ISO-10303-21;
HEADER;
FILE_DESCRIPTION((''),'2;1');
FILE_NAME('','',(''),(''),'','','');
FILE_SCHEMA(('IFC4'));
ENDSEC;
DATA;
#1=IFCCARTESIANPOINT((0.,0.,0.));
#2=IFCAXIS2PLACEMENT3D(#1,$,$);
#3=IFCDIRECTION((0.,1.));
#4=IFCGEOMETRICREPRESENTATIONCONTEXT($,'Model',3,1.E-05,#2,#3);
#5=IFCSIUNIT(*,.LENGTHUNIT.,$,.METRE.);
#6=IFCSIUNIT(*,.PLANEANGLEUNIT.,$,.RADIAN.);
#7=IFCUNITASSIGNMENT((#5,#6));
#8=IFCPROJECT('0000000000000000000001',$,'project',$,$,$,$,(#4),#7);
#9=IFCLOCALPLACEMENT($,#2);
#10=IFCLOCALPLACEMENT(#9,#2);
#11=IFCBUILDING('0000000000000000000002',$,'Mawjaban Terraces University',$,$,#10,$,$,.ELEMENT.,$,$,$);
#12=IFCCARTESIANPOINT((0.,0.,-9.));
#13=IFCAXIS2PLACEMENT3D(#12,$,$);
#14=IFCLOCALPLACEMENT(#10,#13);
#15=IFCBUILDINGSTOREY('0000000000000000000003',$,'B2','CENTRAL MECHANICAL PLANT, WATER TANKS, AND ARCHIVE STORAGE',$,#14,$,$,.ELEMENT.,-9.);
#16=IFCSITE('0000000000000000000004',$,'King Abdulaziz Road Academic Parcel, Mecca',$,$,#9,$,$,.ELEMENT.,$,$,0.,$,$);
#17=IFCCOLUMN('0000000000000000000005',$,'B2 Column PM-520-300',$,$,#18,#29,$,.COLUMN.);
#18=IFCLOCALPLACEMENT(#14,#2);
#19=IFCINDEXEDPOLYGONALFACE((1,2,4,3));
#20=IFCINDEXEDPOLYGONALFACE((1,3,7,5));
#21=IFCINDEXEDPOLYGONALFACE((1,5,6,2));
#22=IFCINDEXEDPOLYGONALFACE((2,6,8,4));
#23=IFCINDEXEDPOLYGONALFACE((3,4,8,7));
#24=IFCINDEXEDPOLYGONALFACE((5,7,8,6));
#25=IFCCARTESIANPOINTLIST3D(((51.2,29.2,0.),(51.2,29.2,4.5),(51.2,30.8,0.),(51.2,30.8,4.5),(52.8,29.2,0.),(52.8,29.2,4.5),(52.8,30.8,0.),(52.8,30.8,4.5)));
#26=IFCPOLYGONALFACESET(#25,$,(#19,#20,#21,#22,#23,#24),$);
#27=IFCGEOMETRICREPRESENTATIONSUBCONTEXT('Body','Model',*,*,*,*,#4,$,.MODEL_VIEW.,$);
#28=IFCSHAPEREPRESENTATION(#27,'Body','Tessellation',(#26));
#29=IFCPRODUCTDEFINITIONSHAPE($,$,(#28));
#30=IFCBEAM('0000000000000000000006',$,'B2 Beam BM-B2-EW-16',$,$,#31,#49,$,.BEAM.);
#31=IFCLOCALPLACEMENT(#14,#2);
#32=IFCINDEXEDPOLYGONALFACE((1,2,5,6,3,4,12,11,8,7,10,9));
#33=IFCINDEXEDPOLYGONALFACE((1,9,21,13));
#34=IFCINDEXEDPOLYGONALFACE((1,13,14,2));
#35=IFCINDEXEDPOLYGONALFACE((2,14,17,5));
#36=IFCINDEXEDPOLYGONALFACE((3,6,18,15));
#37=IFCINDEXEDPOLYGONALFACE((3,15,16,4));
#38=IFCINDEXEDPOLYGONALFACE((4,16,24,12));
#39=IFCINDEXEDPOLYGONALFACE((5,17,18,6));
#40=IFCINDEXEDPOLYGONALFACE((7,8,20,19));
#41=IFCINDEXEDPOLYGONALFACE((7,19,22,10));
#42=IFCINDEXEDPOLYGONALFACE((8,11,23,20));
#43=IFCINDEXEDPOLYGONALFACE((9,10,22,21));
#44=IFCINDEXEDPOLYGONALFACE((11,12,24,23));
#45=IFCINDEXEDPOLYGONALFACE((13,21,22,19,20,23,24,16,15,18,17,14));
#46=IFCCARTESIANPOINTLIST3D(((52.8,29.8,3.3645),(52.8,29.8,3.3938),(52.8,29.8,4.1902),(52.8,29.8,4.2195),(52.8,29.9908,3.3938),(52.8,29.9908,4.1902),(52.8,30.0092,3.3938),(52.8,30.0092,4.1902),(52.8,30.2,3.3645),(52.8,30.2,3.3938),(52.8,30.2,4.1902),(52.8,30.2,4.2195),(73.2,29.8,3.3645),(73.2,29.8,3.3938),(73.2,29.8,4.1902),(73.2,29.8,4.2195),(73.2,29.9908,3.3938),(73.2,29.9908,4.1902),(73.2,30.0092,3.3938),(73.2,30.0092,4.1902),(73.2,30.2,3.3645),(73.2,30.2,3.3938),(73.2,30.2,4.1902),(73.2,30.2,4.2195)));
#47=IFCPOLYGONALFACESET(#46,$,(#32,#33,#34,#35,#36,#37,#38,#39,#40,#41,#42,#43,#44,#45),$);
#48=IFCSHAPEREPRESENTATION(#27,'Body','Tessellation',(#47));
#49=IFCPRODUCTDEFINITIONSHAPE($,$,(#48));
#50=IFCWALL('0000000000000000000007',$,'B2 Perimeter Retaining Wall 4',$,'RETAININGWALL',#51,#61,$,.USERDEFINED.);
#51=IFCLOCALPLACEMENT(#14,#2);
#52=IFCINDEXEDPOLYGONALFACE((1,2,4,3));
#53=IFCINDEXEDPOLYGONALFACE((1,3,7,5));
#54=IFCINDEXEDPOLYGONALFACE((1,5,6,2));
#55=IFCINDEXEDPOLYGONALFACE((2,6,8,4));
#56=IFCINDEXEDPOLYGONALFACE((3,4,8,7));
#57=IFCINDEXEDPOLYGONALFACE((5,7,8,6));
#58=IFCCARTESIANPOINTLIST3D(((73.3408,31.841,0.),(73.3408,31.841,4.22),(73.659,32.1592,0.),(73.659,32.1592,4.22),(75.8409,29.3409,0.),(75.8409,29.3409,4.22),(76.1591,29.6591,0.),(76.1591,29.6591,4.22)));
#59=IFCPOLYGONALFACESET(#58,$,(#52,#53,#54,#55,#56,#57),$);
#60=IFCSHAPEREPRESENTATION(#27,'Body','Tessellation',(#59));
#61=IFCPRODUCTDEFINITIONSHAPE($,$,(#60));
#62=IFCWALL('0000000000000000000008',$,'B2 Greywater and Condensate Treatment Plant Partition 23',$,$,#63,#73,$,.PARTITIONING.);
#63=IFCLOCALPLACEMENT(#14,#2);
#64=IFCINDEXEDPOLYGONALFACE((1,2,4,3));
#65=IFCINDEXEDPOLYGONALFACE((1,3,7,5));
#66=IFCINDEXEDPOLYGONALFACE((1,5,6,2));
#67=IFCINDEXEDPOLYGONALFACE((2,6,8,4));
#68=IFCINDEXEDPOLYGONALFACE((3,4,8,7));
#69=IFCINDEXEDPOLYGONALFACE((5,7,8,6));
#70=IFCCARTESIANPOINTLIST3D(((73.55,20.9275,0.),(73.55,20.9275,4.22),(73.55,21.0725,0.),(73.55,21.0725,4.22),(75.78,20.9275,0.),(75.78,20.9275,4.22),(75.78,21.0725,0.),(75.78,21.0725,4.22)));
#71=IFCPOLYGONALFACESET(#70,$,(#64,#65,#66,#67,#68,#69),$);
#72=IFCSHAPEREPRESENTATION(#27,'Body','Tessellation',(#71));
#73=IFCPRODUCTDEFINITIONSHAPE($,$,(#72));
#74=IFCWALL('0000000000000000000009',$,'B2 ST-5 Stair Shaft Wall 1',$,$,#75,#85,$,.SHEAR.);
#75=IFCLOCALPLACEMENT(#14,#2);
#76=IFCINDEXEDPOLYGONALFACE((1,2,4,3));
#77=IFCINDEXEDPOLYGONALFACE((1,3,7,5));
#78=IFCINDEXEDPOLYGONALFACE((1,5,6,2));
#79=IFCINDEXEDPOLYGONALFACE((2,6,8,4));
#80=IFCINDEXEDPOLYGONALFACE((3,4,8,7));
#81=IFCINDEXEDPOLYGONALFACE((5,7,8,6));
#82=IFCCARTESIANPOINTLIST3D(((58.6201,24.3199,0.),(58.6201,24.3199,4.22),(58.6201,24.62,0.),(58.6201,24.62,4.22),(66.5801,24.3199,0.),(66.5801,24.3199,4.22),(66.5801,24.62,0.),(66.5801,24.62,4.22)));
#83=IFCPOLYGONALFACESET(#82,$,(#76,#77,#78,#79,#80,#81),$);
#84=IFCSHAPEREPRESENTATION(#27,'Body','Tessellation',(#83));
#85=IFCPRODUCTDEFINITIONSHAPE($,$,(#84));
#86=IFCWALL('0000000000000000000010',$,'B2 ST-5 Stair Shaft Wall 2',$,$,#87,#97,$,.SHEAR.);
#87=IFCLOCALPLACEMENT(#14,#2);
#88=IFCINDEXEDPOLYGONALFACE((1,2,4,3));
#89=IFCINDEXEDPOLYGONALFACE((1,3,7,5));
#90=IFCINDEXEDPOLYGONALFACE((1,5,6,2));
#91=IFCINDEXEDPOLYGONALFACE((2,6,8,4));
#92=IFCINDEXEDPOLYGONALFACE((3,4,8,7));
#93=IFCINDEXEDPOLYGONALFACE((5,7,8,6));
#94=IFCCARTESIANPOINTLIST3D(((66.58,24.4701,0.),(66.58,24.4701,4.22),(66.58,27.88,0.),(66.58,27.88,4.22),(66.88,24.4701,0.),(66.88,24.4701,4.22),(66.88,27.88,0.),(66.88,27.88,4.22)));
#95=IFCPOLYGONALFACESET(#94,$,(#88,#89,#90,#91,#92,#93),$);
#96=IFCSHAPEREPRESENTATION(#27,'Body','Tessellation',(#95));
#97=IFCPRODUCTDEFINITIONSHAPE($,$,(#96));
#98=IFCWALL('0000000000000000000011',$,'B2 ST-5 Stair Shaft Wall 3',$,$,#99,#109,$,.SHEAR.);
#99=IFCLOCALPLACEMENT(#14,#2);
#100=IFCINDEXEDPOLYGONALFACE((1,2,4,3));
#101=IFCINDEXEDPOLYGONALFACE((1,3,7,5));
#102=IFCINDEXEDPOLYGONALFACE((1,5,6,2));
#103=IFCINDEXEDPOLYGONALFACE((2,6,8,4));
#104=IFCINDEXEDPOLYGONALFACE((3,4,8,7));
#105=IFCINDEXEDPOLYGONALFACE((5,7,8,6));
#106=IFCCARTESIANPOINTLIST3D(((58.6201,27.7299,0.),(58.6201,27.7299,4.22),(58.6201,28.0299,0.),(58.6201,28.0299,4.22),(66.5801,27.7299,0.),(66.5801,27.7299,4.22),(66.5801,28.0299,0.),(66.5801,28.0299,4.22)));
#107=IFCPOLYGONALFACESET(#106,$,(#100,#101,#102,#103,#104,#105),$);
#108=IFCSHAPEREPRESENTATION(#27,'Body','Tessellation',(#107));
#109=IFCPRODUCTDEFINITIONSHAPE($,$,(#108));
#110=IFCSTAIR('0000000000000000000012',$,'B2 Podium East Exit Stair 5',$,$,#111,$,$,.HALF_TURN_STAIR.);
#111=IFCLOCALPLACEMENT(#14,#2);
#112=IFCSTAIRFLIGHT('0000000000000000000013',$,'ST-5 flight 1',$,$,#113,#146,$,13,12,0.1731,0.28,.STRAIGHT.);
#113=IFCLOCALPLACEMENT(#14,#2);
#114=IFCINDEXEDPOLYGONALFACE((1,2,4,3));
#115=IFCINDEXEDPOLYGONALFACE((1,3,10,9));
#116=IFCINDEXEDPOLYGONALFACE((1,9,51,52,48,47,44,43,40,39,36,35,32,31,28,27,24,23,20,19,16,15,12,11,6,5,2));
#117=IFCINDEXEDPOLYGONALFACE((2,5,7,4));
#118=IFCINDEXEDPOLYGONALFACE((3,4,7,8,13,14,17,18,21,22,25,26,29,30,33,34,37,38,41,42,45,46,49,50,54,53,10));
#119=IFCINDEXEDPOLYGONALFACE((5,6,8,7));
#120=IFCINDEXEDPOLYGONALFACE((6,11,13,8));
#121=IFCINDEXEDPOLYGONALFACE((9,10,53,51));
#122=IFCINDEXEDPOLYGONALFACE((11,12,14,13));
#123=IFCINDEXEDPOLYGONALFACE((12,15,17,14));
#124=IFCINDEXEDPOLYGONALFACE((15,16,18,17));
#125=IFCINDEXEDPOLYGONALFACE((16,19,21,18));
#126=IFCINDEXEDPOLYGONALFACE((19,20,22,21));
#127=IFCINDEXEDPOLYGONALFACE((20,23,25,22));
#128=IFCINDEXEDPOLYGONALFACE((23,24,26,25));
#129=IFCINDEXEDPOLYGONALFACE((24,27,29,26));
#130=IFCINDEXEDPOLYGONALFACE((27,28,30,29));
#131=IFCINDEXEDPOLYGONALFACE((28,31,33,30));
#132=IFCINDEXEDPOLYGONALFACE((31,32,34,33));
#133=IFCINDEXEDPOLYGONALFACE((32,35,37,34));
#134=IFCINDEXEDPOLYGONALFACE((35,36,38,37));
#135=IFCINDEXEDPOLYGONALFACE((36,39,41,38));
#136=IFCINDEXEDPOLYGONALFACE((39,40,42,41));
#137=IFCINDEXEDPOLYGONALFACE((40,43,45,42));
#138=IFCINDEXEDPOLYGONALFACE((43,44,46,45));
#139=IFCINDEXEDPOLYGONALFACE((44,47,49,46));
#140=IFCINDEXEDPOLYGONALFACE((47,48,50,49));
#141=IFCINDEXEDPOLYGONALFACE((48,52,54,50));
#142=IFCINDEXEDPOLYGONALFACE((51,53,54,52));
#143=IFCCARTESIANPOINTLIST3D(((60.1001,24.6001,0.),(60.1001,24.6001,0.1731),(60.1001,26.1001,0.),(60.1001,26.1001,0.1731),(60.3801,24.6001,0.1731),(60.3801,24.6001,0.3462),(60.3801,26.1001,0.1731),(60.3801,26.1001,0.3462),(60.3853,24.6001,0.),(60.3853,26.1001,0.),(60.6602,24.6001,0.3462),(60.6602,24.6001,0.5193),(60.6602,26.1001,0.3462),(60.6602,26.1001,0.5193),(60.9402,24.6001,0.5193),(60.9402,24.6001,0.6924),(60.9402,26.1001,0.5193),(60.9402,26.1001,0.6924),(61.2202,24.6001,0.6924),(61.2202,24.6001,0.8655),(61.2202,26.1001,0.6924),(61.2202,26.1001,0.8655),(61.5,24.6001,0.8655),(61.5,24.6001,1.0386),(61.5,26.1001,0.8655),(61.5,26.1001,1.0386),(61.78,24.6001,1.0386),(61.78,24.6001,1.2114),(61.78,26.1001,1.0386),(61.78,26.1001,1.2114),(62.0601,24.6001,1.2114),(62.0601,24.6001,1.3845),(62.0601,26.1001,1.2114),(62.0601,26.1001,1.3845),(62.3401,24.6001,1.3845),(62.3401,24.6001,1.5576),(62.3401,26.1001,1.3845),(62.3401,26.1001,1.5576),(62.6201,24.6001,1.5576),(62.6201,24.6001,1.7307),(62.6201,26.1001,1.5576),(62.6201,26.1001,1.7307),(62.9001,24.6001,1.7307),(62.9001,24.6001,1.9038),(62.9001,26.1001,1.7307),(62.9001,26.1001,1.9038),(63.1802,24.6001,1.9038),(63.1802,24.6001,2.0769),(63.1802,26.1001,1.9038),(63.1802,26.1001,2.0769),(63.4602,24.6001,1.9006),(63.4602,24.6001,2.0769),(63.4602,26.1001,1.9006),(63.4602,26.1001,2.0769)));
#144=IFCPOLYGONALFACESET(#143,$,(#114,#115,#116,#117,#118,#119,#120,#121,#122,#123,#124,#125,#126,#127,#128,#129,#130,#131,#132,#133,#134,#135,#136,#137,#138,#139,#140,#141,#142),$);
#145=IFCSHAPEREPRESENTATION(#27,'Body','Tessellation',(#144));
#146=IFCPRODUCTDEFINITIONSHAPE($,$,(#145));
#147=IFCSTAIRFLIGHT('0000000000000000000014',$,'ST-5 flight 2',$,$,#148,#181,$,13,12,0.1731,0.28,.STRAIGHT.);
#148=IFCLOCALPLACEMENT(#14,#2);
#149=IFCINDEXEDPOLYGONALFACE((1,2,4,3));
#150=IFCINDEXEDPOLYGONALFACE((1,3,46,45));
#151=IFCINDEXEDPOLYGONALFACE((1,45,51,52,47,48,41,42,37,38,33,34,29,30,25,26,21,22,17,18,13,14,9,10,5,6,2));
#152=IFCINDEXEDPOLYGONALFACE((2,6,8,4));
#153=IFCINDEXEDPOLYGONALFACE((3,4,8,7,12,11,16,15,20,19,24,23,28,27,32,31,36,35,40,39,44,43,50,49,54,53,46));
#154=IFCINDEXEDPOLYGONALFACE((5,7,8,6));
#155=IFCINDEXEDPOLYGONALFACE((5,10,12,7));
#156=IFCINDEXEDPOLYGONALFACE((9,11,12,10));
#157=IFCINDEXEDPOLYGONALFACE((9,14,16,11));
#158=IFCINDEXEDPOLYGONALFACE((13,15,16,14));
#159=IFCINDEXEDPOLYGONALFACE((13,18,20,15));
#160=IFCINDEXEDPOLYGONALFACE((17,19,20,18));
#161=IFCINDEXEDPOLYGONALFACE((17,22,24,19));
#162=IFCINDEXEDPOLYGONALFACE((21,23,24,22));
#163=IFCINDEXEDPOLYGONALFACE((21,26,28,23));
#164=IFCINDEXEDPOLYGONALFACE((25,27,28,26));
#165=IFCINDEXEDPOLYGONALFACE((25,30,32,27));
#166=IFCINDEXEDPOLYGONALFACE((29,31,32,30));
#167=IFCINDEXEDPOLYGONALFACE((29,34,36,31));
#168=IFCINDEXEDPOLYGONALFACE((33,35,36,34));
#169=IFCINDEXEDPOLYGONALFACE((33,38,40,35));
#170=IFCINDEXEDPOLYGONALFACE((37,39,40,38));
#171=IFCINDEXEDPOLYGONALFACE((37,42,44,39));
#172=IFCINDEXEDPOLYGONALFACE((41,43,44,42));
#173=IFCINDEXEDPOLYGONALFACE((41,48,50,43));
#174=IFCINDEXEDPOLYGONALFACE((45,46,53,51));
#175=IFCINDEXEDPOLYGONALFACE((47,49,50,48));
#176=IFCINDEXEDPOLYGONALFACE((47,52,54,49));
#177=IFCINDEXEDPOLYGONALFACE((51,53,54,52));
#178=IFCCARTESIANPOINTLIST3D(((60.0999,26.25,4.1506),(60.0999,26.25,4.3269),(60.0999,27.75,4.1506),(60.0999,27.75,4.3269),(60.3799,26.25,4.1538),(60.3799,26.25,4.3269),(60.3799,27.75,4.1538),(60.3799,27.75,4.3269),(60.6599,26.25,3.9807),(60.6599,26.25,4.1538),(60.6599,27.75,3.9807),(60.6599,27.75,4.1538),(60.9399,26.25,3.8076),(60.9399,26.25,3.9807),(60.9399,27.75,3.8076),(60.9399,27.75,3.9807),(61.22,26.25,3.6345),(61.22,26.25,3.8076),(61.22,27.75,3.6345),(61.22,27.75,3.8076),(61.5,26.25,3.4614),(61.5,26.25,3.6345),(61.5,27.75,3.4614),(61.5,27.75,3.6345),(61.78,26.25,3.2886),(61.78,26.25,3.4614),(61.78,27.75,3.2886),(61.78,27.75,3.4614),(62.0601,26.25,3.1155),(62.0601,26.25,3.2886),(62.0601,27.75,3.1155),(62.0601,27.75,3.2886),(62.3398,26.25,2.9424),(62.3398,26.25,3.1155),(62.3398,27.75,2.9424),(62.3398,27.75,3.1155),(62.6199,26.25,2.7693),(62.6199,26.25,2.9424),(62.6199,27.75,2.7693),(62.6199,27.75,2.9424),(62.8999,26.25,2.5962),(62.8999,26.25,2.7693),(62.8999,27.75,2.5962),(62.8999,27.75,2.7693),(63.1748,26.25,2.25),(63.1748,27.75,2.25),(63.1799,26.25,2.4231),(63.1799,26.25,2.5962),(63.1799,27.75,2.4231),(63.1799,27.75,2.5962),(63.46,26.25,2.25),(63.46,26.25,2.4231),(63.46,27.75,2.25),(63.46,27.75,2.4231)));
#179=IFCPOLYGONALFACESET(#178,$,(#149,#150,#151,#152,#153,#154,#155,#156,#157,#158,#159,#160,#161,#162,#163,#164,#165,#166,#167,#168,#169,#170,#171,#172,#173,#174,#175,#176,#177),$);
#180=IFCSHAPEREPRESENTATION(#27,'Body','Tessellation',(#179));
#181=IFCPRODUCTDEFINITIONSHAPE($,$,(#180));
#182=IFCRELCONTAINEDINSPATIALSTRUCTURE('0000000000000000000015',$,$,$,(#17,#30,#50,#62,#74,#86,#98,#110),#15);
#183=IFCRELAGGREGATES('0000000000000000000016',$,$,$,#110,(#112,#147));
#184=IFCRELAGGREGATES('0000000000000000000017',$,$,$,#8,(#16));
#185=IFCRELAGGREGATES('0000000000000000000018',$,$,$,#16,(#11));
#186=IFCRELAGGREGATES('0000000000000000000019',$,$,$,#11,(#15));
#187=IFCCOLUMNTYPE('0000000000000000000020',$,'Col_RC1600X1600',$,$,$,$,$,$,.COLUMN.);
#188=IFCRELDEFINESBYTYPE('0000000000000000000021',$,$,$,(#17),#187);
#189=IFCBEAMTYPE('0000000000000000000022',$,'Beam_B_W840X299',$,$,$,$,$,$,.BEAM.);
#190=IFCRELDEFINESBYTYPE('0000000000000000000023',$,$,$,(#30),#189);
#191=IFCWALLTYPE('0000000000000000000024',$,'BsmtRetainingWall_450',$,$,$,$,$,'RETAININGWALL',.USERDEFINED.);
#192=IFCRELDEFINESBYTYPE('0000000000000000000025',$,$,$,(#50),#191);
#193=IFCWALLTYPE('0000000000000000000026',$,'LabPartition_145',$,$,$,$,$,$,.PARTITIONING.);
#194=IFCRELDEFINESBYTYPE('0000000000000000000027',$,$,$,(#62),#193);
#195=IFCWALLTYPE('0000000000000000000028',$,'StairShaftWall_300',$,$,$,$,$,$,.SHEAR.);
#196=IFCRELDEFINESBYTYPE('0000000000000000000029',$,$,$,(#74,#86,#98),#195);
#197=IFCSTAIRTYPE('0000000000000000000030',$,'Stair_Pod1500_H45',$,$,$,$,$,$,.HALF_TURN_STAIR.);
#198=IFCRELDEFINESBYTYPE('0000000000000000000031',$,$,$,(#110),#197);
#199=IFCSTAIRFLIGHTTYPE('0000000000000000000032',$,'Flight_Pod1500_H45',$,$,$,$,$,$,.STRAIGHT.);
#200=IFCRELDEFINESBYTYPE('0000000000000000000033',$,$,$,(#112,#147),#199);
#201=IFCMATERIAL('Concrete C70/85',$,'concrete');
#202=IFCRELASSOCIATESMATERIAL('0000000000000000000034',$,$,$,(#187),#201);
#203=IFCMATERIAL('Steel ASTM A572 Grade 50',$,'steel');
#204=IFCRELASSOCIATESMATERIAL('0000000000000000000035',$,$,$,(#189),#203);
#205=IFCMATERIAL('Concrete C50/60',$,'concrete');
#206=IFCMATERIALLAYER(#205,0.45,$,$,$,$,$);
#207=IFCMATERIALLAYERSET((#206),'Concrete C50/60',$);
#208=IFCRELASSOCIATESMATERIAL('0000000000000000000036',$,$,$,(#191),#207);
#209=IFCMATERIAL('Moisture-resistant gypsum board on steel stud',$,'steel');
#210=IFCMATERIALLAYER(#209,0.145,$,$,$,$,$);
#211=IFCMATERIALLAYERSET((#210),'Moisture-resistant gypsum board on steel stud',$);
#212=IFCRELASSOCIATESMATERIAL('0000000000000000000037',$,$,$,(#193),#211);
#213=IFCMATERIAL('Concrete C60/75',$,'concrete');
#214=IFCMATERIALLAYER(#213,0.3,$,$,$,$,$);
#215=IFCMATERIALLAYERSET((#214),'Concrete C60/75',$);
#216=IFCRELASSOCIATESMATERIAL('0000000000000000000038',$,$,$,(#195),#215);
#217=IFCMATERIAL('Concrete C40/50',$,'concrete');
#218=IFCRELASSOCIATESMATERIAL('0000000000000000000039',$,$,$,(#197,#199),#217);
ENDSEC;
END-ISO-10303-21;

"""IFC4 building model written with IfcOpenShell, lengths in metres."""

from ifc_helpers import new_model, si_unit, direction, frame, frame_2d, origin, origin_2d, place, context, subcontext, project, spatial, polyline, rectangle, i_section, outline, extrude, material, layer, layer_set, material_profile, profile_set, type_object, element, aggregate, save


model = new_model("IFC4")

# Units and contexts
model_context = context("Model", 3, precision=1e-05, world=origin(), true_north=direction((0.0, 1.0)))
body_context = subcontext(model_context, "Body", "Model", "MODEL_VIEW")
ifc_project = project(units=[si_unit("LENGTHUNIT", "METRE"), si_unit("PLANEANGLEUNIT", "RADIAN")], contexts=[model_context])

# Site, building, storey
site_placement = place(None, origin())
site = spatial("IfcSite", under=ifc_project, at=site_placement, Name="King Abdulaziz Road Academic Parcel, Mecca", CompositionType="ELEMENT", RefElevation=0.0)
building_placement = place(site_placement, origin())
building = spatial("IfcBuilding", under=site, at=building_placement, Name="Mawjaban Terraces University", CompositionType="ELEMENT")
storey_placement = place(building_placement, frame((0.0, 0.0, -9.0)))
storey = spatial("IfcBuildingStorey", under=building, at=storey_placement, Name="B2", Description="CENTRAL MECHANICAL PLANT, WATER TANKS, AND ARCHIVE STORAGE", CompositionType="ELEMENT", Elevation=-9.0)

# Shared definitions
ifc_material_1 = material(Name="Concrete C50/60", Category="concrete")

# Column
ifc_material_2 = material(Name="Concrete C70/85", Category="concrete")
ifc_material_profile_1 = material_profile(ifc_material_2, rectangle(XDim=1.6001, YDim=1.6001, at=origin_2d()), Name="RC1600X1600")
ifc_profile_set_1 = profile_set([ifc_material_profile_1], Name="Concrete C70/85")
column_type = type_object("IfcColumnType", Name="Col_RC1600X1600", PredefinedType="COLUMN", material=ifc_profile_set_1)
column_placement = place(storey_placement, frame((52.0, 30.0, 0.0), z_axis=(0.0, 0.0, 1.0), x_axis=(1.0, 0.0, 0.0)))
element("IfcColumn", 1, at=column_placement, inside=storey, type_object=column_type, Name="B2 Column PM-520-300", PredefinedType="COLUMN", context=body_context, shape_type="SweptSolid", body=[
    extrude(rectangle(XDim=1.6001, YDim=1.6001, at=origin_2d()), origin(), (0.0, 0.0, 1.0), 4.5),
])

# Beam
ifc_material_3 = material(Name="Steel ASTM A572 Grade 50", Category="steel")
ifc_material_profile_2 = material_profile(ifc_material_3, i_section(OverallWidth=0.3999, OverallDepth=0.855, WebThickness=0.0183, FlangeThickness=0.0293, at=origin_2d()), Name="W840X299")
ifc_profile_set_2 = profile_set([ifc_material_profile_2], Name="Steel ASTM A572 Grade 50")
beam_type = type_object("IfcBeamType", Name="Beam_B_W840X299", PredefinedType="BEAM", material=ifc_profile_set_2)
beam_placement = place(storey_placement, frame((52.8, 30.0, 3.792), z_axis=(1.0, 0.0, 0.0), x_axis=(0.0, 1.0, 0.0)))
element("IfcBeam", 2, at=beam_placement, inside=storey, type_object=beam_type, Name="B2 Beam BM-B2-EW-16", PredefinedType="BEAM", context=body_context, shape_type="SweptSolid", body=[
    extrude(i_section(OverallWidth=0.3999, OverallDepth=0.855, WebThickness=0.0183, FlangeThickness=0.0293, at=origin_2d()), origin(), (0.0, 0.0, 1.0), 20.3999),
])

# Walls
ifc_layer_1 = layer(ifc_material_1, 0.45)
ifc_layer_set_1 = layer_set([ifc_layer_1], Name="Concrete C50/60")
wall_type_1 = type_object("IfcWallType", Name="BsmtRetainingWall_450", ElementType="RETAININGWALL", PredefinedType="USERDEFINED", material=ifc_layer_set_1)
wall_1_placement = place(storey_placement, frame((76.0, 29.5, 0.0), z_axis=(0.0, 0.0, 1.0), x_axis=(-0.707107, 0.707107, 0.0)))
element("IfcWall", 3, at=wall_1_placement, inside=storey, type_object=wall_type_1, Name="B2 Perimeter Retaining Wall 4", ObjectType="RETAININGWALL", PredefinedType="USERDEFINED", context=body_context, shape_type="SweptSolid", body=[
    extrude(rectangle(XDim=3.5356, YDim=0.45, at=frame_2d((1.7678, 0.0))), origin(), (0.0, 0.0, 1.0), 4.22),
])
ifc_material_4 = material(Name="Moisture-resistant gypsum board on steel stud", Category="steel")
ifc_layer_2 = layer(ifc_material_4, 0.145)
ifc_layer_set_2 = layer_set([ifc_layer_2], Name="Moisture-resistant gypsum board on steel stud")
wall_type_2 = type_object("IfcWallType", Name="LabPartition_145", PredefinedType="PARTITIONING", material=ifc_layer_set_2)
wall_2_placement = place(storey_placement, frame((73.55, 21.0, 0.0), z_axis=(0.0, 0.0, 1.0), x_axis=(1.0, 0.0, 0.0)))
element("IfcWall", 4, at=wall_2_placement, inside=storey, type_object=wall_type_2, Name="B2 Greywater and Condensate Treatment Plant Partition 23", PredefinedType="PARTITIONING", context=body_context, shape_type="SweptSolid", body=[
    extrude(rectangle(XDim=2.23, YDim=0.145, at=frame_2d((1.115, 0.0))), origin(), (0.0, 0.0, 1.0), 4.22),
])
ifc_material_5 = material(Name="Concrete C60/75", Category="concrete")
ifc_layer_3 = layer(ifc_material_5, 0.3)
ifc_layer_set_3 = layer_set([ifc_layer_3], Name="Concrete C60/75")
wall_type_3 = type_object("IfcWallType", Name="StairShaftWall_300", PredefinedType="SHEAR", material=ifc_layer_set_3)
wall_3_placement = place(storey_placement, frame((58.6201, 24.47, 0.0), z_axis=(0.0, 0.0, 1.0), x_axis=(1.0, 0.0, 0.0)))
element("IfcWall", 5, at=wall_3_placement, inside=storey, type_object=wall_type_3, Name="B2 ST-5 Stair Shaft Wall 1", PredefinedType="SHEAR", context=body_context, shape_type="SweptSolid", body=[
    extrude(rectangle(XDim=7.96, YDim=0.3, at=frame_2d((3.98, 0.0))), origin(), (0.0, 0.0, 1.0), 4.22),
])
wall_4_placement = place(storey_placement, frame((66.73, 24.47, 0.0), z_axis=(0.0, 0.0, 1.0), x_axis=(0.0, 1.0, 0.0)))
element("IfcWall", 6, at=wall_4_placement, inside=storey, type_object=wall_type_3, Name="B2 ST-5 Stair Shaft Wall 2", PredefinedType="SHEAR", context=body_context, shape_type="SweptSolid", body=[
    extrude(rectangle(XDim=3.4099, YDim=0.3, at=frame_2d((1.7051, 0.0))), origin(), (0.0, 0.0, 1.0), 4.22),
])
wall_5_placement = place(storey_placement, frame((66.5801, 27.8799, 0.0), z_axis=(0.0, 0.0, 1.0), x_axis=(-1.0, 0.0, 0.0)))
element("IfcWall", 7, at=wall_5_placement, inside=storey, type_object=wall_type_3, Name="B2 ST-5 Stair Shaft Wall 3", PredefinedType="SHEAR", context=body_context, shape_type="SweptSolid", body=[
    extrude(rectangle(XDim=7.96, YDim=0.3, at=frame_2d((3.98, 0.0))), origin(), (0.0, 0.0, 1.0), 4.22),
])

# Stair, stair flights
ifc_material_6 = material(Name="Concrete C40/50", Category="concrete")
stair_type = type_object("IfcStairType", Name="Stair_Pod1500_H45", PredefinedType="HALF_TURN_STAIR", material=ifc_material_6)
stair_placement = place(storey_placement, origin())
stair = element("IfcStair", 8, at=stair_placement, inside=storey, type_object=stair_type, Name="B2 Podium East Exit Stair 5", PredefinedType="HALF_TURN_STAIR")
stair_flight_type = type_object("IfcStairFlightType", Name="Flight_Pod1500_H45", PredefinedType="STRAIGHT", material=ifc_material_6)
stair_flight_1_placement = place(storey_placement, frame((60.1001, 25.3501, 0.0), z_axis=(0.0, 0.0, 1.0), x_axis=(1.0, 0.0, 0.0)))
stair_flight_1 = element("IfcStairFlight", 9, at=stair_flight_1_placement, type_object=stair_flight_type, Name="ST-5 flight 1", NumberOfRisers=13, NumberOfTreads=12, PredefinedType="STRAIGHT", RiserHeight=0.1731, TreadLength=0.28, context=body_context, shape_type="SweptSolid", body=[
    extrude(outline(polyline([(0.0, 0.0), (0.0, 0.1731), (0.28, 0.1731), (0.28, 0.3462), (0.5601, 0.3462), (0.5601, 0.5193), (0.8401, 0.5193), (0.8401, 0.6924), (1.1201, 0.6924), (1.1201, 0.8655), (1.3999, 0.8655), (1.3999, 1.0386), (1.6799, 1.0386), (1.6799, 1.2114), (1.96, 1.2114), (1.96, 1.3845), (2.24, 1.3845), (2.24, 1.5576), (2.52, 1.5576), (2.52, 1.7307), (2.8, 1.7307), (2.8, 1.9038), (3.0801, 1.9038), (3.0801, 2.0769), (3.3601, 2.0769), (3.3601, 2.25), (3.3601, 1.9006), (0.2852, 0.0), (0.0, 0.0)])), frame((0.0, 0.75, 0.0), z_axis=(0.0, -1.0, 0.0), x_axis=(1.0, 0.0, 0.0)), (0.0, 0.0, 1.0), 1.5),
])
stair_flight_2_placement = place(storey_placement, frame((63.46, 27.0, 2.25), z_axis=(0.0, 0.0, 1.0), x_axis=(-1.0, 0.0, 0.0)))
stair_flight_2 = element("IfcStairFlight", 10, at=stair_flight_2_placement, type_object=stair_flight_type, Name="ST-5 flight 2", NumberOfRisers=13, NumberOfTreads=12, PredefinedType="STRAIGHT", RiserHeight=0.1731, TreadLength=0.28, context=body_context, shape_type="SweptSolid", body=[
    extrude(outline(polyline([(0.0, 0.0), (0.0, 0.1731), (0.28, 0.1731), (0.28, 0.3462), (0.5601, 0.3462), (0.5601, 0.5193), (0.8401, 0.5193), (0.8401, 0.6924), (1.1201, 0.6924), (1.1201, 0.8655), (1.3999, 0.8655), (1.3999, 1.0386), (1.6799, 1.0386), (1.6799, 1.2114), (1.96, 1.2114), (1.96, 1.3845), (2.24, 1.3845), (2.24, 1.5576), (2.52, 1.5576), (2.52, 1.7307), (2.8, 1.7307), (2.8, 1.9038), (3.0801, 1.9038), (3.0801, 2.0769), (3.3601, 2.0769), (3.3601, 2.25), (3.3601, 1.9006), (0.2852, 0.0), (0.0, 0.0)])), frame((0.0, 0.75, 0.0), z_axis=(0.0, -1.0, 0.0), x_axis=(1.0, 0.0, 0.0)), (0.0, 0.0, 1.0), 1.5),
])
aggregate(stair, [stair_flight_1, stair_flight_2])

save(model, "model.ifc")
